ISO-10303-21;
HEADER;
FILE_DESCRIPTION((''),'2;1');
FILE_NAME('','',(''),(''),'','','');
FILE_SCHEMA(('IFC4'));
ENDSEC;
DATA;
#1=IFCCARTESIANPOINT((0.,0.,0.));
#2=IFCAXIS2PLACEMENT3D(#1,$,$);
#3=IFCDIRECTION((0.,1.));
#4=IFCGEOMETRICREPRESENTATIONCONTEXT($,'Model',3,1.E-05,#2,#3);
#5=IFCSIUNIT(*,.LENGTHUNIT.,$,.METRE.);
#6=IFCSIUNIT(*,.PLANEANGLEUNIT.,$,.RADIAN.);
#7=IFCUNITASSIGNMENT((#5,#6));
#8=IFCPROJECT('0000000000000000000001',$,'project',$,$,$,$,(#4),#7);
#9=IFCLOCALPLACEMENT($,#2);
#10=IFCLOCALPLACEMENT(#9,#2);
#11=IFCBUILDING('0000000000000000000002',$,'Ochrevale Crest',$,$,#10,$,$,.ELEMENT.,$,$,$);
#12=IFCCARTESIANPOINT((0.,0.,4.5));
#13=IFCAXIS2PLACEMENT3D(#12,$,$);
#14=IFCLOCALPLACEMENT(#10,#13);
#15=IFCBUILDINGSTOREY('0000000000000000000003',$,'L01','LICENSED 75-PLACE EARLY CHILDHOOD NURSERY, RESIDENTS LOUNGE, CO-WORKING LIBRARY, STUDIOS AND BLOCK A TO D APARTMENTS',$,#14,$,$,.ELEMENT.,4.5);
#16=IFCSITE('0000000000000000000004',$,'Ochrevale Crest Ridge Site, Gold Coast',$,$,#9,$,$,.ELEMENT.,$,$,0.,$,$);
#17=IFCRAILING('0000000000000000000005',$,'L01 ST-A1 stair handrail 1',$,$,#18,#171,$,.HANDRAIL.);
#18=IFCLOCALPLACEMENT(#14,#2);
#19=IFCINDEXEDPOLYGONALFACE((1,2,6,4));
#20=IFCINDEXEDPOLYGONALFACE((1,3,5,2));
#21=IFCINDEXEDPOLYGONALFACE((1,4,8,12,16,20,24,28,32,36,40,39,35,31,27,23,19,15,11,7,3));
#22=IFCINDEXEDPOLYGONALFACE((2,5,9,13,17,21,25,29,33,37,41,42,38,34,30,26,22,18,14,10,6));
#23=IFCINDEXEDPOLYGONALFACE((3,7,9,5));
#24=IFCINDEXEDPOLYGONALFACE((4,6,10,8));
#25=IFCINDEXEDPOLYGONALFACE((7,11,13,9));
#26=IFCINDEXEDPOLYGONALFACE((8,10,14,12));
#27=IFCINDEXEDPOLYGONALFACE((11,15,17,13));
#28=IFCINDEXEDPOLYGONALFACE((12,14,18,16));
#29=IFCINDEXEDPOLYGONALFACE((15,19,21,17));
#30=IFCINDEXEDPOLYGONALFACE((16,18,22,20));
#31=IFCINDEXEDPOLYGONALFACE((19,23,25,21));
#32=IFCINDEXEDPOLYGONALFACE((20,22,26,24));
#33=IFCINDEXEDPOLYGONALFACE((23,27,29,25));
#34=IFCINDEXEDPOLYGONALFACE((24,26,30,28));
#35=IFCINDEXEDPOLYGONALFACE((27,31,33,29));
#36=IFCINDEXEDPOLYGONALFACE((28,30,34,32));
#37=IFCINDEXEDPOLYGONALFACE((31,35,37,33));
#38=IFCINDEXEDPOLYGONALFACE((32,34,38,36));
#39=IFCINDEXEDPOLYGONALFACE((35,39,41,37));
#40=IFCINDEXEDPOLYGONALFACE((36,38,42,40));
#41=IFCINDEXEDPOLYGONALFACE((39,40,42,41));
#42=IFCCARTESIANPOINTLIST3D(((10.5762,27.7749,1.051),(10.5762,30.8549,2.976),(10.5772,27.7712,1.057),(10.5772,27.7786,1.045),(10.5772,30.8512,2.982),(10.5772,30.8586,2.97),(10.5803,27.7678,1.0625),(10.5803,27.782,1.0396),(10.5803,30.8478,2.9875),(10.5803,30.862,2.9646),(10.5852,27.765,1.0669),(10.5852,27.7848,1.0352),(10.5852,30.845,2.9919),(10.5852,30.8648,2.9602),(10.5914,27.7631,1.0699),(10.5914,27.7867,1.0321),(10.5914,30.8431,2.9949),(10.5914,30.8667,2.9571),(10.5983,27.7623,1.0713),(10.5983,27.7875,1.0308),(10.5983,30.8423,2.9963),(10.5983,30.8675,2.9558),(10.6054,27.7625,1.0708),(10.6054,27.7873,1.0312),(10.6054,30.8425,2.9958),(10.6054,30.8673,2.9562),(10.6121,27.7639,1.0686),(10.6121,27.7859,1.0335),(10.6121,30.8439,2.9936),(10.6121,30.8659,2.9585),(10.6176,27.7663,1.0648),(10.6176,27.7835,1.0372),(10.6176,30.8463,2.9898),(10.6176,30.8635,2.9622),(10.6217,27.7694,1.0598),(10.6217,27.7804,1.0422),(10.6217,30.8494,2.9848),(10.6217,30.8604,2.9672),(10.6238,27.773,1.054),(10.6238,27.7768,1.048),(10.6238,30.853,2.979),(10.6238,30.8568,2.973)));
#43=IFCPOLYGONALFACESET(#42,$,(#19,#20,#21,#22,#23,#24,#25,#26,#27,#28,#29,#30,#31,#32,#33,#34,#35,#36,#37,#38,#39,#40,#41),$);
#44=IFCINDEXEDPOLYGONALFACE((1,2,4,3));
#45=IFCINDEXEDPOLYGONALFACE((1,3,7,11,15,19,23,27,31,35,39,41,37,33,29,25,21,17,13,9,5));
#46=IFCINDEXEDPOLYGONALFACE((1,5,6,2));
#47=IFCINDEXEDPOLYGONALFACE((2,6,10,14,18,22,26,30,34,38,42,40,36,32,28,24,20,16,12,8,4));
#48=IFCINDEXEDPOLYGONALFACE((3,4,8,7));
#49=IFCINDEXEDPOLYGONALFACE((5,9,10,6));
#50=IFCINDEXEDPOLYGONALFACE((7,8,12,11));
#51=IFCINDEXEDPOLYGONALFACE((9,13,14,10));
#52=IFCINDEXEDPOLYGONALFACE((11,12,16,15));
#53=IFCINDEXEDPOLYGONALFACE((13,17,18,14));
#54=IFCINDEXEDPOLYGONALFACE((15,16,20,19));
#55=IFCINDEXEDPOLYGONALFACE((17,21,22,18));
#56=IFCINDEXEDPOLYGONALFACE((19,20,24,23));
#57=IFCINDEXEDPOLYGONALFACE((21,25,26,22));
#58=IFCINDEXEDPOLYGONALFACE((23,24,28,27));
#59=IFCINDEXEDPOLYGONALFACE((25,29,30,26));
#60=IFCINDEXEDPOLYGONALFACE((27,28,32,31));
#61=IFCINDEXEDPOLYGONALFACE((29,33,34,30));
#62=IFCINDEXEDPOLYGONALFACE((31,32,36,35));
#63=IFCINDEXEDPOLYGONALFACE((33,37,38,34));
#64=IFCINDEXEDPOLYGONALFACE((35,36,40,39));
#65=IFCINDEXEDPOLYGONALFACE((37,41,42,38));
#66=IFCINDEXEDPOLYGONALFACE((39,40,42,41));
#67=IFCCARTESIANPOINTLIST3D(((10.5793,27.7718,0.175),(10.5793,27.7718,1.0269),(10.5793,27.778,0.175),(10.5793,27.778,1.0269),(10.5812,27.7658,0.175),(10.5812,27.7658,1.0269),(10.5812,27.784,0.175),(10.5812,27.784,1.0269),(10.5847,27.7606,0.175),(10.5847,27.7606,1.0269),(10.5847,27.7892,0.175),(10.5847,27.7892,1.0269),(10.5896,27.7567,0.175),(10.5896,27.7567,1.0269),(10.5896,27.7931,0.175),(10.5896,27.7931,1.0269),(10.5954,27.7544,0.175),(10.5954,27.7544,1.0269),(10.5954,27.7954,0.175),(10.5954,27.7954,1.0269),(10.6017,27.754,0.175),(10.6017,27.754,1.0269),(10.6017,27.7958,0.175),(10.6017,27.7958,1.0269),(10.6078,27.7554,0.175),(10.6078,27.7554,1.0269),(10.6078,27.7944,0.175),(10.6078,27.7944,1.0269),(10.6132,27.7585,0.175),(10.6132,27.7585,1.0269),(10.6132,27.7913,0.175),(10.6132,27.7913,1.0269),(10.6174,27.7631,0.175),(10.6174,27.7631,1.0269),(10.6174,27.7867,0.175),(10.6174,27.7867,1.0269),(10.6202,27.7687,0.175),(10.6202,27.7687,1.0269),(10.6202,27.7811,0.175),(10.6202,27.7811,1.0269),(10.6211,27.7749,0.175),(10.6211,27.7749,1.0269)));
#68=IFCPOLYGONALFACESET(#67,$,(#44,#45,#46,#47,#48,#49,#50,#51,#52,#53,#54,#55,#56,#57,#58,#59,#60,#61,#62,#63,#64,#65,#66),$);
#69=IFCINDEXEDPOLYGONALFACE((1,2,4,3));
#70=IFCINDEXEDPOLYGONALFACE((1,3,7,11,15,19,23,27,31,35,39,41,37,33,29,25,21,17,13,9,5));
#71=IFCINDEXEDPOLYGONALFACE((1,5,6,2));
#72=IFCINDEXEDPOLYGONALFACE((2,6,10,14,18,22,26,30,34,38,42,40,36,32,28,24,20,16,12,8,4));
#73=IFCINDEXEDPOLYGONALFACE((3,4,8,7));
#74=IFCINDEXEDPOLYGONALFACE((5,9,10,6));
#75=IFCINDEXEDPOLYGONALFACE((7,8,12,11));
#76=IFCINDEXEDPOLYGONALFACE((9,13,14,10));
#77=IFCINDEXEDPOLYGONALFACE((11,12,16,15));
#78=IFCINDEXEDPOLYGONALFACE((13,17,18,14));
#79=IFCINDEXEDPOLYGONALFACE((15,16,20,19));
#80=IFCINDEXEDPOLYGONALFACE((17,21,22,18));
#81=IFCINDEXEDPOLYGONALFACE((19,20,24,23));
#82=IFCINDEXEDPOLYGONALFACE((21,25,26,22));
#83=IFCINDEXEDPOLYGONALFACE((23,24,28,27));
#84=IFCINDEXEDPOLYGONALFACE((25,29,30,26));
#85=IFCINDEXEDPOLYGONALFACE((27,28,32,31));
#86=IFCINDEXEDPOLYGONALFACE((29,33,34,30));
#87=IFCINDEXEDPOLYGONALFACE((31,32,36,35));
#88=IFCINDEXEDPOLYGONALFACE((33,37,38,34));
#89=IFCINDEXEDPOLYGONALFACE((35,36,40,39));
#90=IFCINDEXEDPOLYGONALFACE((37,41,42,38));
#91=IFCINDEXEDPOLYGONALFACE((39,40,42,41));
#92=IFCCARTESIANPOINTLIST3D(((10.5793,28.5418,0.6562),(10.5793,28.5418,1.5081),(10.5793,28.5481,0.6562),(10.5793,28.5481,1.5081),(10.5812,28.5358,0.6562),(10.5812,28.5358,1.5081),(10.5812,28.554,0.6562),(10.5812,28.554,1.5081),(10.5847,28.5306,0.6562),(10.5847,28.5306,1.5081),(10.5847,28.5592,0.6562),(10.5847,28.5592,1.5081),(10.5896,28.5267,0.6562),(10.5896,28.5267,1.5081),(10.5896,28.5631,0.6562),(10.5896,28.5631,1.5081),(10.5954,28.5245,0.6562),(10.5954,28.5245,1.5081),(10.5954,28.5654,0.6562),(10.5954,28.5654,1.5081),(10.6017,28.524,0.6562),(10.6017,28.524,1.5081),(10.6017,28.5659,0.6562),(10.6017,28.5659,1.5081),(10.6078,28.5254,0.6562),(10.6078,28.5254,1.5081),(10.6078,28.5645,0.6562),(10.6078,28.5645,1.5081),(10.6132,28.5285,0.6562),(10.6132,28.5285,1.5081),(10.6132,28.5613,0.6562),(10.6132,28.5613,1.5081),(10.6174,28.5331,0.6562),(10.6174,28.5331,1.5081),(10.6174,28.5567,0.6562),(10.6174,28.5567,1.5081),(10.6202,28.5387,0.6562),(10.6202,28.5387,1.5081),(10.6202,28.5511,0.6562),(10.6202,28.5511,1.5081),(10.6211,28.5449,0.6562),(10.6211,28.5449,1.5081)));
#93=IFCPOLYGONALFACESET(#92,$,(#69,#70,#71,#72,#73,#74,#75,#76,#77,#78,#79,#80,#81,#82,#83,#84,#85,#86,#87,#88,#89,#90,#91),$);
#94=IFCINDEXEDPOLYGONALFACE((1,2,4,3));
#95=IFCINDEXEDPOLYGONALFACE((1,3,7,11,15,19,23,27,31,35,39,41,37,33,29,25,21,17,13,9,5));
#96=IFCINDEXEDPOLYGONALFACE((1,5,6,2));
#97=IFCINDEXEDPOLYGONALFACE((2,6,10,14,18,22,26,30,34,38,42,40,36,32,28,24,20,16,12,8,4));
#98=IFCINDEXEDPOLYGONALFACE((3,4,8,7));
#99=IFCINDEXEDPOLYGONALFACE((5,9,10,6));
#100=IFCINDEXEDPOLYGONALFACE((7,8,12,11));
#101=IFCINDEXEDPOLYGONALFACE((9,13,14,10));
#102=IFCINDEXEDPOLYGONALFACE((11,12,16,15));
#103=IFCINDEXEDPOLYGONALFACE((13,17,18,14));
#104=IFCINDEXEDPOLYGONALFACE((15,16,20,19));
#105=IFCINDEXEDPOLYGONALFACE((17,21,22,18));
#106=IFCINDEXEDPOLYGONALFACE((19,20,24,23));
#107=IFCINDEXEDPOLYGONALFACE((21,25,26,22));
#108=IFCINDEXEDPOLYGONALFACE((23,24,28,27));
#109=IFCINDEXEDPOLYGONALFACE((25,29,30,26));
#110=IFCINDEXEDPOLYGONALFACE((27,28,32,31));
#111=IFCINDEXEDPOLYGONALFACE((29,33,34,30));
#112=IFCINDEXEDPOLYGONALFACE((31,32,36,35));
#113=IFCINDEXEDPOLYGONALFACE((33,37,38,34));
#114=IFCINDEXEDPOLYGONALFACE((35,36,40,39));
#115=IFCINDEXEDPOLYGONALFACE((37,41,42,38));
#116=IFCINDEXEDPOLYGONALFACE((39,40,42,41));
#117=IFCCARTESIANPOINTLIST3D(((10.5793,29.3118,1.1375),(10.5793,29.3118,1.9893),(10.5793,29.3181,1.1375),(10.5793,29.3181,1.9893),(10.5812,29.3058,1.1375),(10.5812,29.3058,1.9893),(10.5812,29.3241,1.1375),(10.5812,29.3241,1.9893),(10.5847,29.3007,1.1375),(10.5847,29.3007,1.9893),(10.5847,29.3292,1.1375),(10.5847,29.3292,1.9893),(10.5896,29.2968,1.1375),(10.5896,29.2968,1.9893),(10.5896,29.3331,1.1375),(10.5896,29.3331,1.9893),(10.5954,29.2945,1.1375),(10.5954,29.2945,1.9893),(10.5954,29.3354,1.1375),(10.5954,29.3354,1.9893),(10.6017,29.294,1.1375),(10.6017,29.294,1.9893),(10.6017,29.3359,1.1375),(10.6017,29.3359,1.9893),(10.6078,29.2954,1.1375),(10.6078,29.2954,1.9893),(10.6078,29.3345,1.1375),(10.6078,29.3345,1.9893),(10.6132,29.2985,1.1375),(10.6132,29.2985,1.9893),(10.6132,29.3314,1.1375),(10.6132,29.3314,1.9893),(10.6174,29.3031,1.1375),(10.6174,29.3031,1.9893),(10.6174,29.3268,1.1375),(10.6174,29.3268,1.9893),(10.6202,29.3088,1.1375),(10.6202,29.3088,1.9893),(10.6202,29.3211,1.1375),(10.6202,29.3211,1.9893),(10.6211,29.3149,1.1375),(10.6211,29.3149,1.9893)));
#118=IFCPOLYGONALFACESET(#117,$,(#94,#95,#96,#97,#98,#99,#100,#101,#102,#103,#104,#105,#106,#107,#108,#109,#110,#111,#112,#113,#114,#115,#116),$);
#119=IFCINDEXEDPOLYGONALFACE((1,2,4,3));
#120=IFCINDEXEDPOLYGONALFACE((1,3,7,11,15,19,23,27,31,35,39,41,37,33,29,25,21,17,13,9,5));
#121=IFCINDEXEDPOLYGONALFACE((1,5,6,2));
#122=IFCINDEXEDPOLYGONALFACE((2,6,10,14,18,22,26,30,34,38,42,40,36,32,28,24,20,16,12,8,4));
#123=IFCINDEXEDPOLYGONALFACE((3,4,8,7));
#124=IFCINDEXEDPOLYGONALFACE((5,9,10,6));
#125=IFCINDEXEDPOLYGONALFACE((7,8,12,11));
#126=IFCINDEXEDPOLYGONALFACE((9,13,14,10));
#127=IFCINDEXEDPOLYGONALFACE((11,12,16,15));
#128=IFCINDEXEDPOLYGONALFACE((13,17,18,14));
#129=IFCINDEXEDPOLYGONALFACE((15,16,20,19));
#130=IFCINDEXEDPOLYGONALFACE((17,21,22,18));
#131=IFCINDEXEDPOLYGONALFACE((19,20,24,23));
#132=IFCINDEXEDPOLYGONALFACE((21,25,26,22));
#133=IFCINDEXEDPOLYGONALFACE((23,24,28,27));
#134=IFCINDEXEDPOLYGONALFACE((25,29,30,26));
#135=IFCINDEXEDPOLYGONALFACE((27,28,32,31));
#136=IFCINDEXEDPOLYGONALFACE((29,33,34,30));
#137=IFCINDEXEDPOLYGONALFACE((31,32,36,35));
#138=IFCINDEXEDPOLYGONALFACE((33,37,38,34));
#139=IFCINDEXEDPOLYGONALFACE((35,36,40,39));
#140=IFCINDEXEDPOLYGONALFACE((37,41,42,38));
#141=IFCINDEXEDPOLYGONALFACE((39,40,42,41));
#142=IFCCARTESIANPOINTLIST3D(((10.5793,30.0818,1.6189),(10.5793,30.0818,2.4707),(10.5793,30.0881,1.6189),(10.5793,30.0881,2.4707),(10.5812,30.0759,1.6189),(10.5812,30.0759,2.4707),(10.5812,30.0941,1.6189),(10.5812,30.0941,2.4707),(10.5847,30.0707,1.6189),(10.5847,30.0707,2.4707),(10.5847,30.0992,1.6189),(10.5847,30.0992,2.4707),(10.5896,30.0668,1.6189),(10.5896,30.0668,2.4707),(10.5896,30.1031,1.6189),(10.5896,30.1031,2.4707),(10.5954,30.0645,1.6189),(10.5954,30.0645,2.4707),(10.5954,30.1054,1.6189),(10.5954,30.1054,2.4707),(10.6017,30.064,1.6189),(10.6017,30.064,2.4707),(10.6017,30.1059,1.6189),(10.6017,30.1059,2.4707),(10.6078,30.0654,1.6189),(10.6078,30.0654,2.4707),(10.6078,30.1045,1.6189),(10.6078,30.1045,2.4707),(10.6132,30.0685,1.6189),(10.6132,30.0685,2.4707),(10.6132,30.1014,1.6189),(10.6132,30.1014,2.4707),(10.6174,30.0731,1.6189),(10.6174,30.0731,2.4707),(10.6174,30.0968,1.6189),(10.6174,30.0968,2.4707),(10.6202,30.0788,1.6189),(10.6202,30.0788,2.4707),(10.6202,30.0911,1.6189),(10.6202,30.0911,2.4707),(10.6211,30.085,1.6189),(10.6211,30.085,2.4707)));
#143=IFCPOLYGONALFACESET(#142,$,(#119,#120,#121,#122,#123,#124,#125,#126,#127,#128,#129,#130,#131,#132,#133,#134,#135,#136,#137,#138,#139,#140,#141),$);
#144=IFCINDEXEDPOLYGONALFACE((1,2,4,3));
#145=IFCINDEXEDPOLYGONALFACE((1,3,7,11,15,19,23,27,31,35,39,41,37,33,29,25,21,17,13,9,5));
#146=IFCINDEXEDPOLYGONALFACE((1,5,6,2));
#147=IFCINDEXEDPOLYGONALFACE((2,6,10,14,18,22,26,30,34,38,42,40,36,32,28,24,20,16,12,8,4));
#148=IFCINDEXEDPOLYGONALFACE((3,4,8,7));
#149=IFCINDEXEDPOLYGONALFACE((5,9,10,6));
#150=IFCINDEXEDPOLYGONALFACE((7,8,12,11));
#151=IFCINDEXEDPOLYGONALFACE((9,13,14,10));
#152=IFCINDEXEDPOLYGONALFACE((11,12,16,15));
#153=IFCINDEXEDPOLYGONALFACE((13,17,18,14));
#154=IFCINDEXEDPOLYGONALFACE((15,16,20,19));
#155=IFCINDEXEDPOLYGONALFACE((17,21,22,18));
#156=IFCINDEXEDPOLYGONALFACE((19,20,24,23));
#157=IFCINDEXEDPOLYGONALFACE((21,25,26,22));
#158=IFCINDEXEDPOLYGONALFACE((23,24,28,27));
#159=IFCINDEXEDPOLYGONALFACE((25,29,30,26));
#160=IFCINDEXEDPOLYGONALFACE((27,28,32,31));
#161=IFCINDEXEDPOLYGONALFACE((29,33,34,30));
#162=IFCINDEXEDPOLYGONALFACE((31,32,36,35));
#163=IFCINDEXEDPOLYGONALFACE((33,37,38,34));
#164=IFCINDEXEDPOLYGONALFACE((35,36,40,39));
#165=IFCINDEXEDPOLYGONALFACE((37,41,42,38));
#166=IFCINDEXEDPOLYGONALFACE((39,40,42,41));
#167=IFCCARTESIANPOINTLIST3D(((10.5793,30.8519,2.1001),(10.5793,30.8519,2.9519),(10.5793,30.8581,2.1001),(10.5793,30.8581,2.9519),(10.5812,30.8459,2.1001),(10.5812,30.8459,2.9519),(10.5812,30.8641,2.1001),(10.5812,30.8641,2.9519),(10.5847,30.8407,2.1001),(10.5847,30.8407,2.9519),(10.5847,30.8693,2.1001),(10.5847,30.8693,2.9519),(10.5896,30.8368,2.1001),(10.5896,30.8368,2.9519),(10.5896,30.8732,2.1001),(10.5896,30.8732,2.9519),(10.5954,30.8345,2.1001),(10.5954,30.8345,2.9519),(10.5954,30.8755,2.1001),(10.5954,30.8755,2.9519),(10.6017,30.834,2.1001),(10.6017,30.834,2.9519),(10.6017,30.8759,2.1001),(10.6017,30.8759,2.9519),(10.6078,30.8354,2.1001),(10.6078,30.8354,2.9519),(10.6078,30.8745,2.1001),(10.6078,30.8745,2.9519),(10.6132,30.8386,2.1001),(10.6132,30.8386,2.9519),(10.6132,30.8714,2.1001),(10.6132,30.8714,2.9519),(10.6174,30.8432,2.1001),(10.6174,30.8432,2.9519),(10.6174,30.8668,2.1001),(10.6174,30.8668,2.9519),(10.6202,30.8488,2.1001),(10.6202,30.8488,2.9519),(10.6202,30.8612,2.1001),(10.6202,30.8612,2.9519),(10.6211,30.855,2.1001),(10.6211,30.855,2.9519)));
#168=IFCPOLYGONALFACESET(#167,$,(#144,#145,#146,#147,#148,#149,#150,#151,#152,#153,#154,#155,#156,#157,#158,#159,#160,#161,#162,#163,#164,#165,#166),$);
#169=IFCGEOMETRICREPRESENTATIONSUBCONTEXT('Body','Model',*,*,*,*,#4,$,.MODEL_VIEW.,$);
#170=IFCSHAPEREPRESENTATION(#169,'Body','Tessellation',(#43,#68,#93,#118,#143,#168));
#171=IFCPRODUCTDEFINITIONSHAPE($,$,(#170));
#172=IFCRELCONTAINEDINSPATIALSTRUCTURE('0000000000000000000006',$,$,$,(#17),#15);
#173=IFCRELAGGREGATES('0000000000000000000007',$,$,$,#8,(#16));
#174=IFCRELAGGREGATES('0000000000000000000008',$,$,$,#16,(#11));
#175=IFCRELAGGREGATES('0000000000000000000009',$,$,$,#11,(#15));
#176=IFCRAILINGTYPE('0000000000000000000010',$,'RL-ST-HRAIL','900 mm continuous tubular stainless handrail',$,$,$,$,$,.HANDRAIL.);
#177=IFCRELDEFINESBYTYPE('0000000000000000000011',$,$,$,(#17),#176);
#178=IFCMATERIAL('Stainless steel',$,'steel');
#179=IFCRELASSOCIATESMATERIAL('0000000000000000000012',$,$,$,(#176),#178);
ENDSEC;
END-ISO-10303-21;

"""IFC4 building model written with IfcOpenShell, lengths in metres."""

from ifc_helpers import new_model, si_unit, direction, frame, origin, origin_2d, place, context, subcontext, project, spatial, circle, extrude, material, type_object, element, save


model = new_model("IFC4")

# Units and contexts
model_context = context("Model", 3, precision=1e-05, world=origin(), true_north=direction((0.0, 1.0)))
body_context = subcontext(model_context, "Body", "Model", "MODEL_VIEW")
ifc_project = project(units=[si_unit("LENGTHUNIT", "METRE"), si_unit("PLANEANGLEUNIT", "RADIAN")], contexts=[model_context])

# Site, building, storey
site_placement = place(None, origin())
site = spatial("IfcSite", under=ifc_project, at=site_placement, Name="Ochrevale Crest Ridge Site, Gold Coast", CompositionType="ELEMENT", RefElevation=0.0)
building_placement = place(site_placement, origin())
building = spatial("IfcBuilding", under=site, at=building_placement, Name="Ochrevale Crest", CompositionType="ELEMENT")
storey_placement = place(building_placement, frame((0.0, 0.0, 4.5)))
storey = spatial("IfcBuildingStorey", under=building, at=storey_placement, Name="L01", Description="LICENSED 75-PLACE EARLY CHILDHOOD NURSERY, RESIDENTS LOUNGE, CO-WORKING LIBRARY, STUDIOS AND BLOCK A TO D APARTMENTS", CompositionType="ELEMENT", Elevation=4.5)

# Railing
ifc_material_1 = material(Name="Stainless steel", Category="steel")
railing_type_1 = type_object("IfcRailingType", Name="RL-ST-HRAIL", Description="900 mm continuous tubular stainless handrail", PredefinedType="HANDRAIL", material=ifc_material_1)
railing_1_placement = place(storey_placement, frame((10.6001, 27.7749, 0.175)))
element("IfcRailing", 1, at=railing_1_placement, inside=storey, type_object=railing_type_1, Name="L01 ST-A1 stair handrail 1", PredefinedType="HANDRAIL", context=body_context, shape_type="SweptSolid", body=[
    extrude(circle(Radius=0.0239, at=origin_2d()), frame((0.0, 0.0, 0.876), z_axis=(0.0, 0.847998, 0.529999), x_axis=(-1.0, 0.0, 0.0)), (0.0, 0.0, 1.0), 3.6321),
    extrude(circle(Radius=0.021, at=origin_2d()), origin(), (0.0, 0.0, 1.0), 0.8518),
    extrude(circle(Radius=0.021, at=origin_2d()), frame((0.0, 0.77, 0.4812)), (0.0, 0.0, 1.0), 0.8518),
    extrude(circle(Radius=0.021, at=origin_2d()), frame((0.0, 1.54, 0.9624)), (0.0, 0.0, 1.0), 0.8518),
    extrude(circle(Radius=0.021, at=origin_2d()), frame((0.0, 2.3101, 1.4438)), (0.0, 0.0, 1.0), 0.8518),
    extrude(circle(Radius=0.021, at=origin_2d()), frame((0.0, 3.0801, 1.925)), (0.0, 0.0, 1.0), 0.8518),
])

save(model, "model.ifc")
